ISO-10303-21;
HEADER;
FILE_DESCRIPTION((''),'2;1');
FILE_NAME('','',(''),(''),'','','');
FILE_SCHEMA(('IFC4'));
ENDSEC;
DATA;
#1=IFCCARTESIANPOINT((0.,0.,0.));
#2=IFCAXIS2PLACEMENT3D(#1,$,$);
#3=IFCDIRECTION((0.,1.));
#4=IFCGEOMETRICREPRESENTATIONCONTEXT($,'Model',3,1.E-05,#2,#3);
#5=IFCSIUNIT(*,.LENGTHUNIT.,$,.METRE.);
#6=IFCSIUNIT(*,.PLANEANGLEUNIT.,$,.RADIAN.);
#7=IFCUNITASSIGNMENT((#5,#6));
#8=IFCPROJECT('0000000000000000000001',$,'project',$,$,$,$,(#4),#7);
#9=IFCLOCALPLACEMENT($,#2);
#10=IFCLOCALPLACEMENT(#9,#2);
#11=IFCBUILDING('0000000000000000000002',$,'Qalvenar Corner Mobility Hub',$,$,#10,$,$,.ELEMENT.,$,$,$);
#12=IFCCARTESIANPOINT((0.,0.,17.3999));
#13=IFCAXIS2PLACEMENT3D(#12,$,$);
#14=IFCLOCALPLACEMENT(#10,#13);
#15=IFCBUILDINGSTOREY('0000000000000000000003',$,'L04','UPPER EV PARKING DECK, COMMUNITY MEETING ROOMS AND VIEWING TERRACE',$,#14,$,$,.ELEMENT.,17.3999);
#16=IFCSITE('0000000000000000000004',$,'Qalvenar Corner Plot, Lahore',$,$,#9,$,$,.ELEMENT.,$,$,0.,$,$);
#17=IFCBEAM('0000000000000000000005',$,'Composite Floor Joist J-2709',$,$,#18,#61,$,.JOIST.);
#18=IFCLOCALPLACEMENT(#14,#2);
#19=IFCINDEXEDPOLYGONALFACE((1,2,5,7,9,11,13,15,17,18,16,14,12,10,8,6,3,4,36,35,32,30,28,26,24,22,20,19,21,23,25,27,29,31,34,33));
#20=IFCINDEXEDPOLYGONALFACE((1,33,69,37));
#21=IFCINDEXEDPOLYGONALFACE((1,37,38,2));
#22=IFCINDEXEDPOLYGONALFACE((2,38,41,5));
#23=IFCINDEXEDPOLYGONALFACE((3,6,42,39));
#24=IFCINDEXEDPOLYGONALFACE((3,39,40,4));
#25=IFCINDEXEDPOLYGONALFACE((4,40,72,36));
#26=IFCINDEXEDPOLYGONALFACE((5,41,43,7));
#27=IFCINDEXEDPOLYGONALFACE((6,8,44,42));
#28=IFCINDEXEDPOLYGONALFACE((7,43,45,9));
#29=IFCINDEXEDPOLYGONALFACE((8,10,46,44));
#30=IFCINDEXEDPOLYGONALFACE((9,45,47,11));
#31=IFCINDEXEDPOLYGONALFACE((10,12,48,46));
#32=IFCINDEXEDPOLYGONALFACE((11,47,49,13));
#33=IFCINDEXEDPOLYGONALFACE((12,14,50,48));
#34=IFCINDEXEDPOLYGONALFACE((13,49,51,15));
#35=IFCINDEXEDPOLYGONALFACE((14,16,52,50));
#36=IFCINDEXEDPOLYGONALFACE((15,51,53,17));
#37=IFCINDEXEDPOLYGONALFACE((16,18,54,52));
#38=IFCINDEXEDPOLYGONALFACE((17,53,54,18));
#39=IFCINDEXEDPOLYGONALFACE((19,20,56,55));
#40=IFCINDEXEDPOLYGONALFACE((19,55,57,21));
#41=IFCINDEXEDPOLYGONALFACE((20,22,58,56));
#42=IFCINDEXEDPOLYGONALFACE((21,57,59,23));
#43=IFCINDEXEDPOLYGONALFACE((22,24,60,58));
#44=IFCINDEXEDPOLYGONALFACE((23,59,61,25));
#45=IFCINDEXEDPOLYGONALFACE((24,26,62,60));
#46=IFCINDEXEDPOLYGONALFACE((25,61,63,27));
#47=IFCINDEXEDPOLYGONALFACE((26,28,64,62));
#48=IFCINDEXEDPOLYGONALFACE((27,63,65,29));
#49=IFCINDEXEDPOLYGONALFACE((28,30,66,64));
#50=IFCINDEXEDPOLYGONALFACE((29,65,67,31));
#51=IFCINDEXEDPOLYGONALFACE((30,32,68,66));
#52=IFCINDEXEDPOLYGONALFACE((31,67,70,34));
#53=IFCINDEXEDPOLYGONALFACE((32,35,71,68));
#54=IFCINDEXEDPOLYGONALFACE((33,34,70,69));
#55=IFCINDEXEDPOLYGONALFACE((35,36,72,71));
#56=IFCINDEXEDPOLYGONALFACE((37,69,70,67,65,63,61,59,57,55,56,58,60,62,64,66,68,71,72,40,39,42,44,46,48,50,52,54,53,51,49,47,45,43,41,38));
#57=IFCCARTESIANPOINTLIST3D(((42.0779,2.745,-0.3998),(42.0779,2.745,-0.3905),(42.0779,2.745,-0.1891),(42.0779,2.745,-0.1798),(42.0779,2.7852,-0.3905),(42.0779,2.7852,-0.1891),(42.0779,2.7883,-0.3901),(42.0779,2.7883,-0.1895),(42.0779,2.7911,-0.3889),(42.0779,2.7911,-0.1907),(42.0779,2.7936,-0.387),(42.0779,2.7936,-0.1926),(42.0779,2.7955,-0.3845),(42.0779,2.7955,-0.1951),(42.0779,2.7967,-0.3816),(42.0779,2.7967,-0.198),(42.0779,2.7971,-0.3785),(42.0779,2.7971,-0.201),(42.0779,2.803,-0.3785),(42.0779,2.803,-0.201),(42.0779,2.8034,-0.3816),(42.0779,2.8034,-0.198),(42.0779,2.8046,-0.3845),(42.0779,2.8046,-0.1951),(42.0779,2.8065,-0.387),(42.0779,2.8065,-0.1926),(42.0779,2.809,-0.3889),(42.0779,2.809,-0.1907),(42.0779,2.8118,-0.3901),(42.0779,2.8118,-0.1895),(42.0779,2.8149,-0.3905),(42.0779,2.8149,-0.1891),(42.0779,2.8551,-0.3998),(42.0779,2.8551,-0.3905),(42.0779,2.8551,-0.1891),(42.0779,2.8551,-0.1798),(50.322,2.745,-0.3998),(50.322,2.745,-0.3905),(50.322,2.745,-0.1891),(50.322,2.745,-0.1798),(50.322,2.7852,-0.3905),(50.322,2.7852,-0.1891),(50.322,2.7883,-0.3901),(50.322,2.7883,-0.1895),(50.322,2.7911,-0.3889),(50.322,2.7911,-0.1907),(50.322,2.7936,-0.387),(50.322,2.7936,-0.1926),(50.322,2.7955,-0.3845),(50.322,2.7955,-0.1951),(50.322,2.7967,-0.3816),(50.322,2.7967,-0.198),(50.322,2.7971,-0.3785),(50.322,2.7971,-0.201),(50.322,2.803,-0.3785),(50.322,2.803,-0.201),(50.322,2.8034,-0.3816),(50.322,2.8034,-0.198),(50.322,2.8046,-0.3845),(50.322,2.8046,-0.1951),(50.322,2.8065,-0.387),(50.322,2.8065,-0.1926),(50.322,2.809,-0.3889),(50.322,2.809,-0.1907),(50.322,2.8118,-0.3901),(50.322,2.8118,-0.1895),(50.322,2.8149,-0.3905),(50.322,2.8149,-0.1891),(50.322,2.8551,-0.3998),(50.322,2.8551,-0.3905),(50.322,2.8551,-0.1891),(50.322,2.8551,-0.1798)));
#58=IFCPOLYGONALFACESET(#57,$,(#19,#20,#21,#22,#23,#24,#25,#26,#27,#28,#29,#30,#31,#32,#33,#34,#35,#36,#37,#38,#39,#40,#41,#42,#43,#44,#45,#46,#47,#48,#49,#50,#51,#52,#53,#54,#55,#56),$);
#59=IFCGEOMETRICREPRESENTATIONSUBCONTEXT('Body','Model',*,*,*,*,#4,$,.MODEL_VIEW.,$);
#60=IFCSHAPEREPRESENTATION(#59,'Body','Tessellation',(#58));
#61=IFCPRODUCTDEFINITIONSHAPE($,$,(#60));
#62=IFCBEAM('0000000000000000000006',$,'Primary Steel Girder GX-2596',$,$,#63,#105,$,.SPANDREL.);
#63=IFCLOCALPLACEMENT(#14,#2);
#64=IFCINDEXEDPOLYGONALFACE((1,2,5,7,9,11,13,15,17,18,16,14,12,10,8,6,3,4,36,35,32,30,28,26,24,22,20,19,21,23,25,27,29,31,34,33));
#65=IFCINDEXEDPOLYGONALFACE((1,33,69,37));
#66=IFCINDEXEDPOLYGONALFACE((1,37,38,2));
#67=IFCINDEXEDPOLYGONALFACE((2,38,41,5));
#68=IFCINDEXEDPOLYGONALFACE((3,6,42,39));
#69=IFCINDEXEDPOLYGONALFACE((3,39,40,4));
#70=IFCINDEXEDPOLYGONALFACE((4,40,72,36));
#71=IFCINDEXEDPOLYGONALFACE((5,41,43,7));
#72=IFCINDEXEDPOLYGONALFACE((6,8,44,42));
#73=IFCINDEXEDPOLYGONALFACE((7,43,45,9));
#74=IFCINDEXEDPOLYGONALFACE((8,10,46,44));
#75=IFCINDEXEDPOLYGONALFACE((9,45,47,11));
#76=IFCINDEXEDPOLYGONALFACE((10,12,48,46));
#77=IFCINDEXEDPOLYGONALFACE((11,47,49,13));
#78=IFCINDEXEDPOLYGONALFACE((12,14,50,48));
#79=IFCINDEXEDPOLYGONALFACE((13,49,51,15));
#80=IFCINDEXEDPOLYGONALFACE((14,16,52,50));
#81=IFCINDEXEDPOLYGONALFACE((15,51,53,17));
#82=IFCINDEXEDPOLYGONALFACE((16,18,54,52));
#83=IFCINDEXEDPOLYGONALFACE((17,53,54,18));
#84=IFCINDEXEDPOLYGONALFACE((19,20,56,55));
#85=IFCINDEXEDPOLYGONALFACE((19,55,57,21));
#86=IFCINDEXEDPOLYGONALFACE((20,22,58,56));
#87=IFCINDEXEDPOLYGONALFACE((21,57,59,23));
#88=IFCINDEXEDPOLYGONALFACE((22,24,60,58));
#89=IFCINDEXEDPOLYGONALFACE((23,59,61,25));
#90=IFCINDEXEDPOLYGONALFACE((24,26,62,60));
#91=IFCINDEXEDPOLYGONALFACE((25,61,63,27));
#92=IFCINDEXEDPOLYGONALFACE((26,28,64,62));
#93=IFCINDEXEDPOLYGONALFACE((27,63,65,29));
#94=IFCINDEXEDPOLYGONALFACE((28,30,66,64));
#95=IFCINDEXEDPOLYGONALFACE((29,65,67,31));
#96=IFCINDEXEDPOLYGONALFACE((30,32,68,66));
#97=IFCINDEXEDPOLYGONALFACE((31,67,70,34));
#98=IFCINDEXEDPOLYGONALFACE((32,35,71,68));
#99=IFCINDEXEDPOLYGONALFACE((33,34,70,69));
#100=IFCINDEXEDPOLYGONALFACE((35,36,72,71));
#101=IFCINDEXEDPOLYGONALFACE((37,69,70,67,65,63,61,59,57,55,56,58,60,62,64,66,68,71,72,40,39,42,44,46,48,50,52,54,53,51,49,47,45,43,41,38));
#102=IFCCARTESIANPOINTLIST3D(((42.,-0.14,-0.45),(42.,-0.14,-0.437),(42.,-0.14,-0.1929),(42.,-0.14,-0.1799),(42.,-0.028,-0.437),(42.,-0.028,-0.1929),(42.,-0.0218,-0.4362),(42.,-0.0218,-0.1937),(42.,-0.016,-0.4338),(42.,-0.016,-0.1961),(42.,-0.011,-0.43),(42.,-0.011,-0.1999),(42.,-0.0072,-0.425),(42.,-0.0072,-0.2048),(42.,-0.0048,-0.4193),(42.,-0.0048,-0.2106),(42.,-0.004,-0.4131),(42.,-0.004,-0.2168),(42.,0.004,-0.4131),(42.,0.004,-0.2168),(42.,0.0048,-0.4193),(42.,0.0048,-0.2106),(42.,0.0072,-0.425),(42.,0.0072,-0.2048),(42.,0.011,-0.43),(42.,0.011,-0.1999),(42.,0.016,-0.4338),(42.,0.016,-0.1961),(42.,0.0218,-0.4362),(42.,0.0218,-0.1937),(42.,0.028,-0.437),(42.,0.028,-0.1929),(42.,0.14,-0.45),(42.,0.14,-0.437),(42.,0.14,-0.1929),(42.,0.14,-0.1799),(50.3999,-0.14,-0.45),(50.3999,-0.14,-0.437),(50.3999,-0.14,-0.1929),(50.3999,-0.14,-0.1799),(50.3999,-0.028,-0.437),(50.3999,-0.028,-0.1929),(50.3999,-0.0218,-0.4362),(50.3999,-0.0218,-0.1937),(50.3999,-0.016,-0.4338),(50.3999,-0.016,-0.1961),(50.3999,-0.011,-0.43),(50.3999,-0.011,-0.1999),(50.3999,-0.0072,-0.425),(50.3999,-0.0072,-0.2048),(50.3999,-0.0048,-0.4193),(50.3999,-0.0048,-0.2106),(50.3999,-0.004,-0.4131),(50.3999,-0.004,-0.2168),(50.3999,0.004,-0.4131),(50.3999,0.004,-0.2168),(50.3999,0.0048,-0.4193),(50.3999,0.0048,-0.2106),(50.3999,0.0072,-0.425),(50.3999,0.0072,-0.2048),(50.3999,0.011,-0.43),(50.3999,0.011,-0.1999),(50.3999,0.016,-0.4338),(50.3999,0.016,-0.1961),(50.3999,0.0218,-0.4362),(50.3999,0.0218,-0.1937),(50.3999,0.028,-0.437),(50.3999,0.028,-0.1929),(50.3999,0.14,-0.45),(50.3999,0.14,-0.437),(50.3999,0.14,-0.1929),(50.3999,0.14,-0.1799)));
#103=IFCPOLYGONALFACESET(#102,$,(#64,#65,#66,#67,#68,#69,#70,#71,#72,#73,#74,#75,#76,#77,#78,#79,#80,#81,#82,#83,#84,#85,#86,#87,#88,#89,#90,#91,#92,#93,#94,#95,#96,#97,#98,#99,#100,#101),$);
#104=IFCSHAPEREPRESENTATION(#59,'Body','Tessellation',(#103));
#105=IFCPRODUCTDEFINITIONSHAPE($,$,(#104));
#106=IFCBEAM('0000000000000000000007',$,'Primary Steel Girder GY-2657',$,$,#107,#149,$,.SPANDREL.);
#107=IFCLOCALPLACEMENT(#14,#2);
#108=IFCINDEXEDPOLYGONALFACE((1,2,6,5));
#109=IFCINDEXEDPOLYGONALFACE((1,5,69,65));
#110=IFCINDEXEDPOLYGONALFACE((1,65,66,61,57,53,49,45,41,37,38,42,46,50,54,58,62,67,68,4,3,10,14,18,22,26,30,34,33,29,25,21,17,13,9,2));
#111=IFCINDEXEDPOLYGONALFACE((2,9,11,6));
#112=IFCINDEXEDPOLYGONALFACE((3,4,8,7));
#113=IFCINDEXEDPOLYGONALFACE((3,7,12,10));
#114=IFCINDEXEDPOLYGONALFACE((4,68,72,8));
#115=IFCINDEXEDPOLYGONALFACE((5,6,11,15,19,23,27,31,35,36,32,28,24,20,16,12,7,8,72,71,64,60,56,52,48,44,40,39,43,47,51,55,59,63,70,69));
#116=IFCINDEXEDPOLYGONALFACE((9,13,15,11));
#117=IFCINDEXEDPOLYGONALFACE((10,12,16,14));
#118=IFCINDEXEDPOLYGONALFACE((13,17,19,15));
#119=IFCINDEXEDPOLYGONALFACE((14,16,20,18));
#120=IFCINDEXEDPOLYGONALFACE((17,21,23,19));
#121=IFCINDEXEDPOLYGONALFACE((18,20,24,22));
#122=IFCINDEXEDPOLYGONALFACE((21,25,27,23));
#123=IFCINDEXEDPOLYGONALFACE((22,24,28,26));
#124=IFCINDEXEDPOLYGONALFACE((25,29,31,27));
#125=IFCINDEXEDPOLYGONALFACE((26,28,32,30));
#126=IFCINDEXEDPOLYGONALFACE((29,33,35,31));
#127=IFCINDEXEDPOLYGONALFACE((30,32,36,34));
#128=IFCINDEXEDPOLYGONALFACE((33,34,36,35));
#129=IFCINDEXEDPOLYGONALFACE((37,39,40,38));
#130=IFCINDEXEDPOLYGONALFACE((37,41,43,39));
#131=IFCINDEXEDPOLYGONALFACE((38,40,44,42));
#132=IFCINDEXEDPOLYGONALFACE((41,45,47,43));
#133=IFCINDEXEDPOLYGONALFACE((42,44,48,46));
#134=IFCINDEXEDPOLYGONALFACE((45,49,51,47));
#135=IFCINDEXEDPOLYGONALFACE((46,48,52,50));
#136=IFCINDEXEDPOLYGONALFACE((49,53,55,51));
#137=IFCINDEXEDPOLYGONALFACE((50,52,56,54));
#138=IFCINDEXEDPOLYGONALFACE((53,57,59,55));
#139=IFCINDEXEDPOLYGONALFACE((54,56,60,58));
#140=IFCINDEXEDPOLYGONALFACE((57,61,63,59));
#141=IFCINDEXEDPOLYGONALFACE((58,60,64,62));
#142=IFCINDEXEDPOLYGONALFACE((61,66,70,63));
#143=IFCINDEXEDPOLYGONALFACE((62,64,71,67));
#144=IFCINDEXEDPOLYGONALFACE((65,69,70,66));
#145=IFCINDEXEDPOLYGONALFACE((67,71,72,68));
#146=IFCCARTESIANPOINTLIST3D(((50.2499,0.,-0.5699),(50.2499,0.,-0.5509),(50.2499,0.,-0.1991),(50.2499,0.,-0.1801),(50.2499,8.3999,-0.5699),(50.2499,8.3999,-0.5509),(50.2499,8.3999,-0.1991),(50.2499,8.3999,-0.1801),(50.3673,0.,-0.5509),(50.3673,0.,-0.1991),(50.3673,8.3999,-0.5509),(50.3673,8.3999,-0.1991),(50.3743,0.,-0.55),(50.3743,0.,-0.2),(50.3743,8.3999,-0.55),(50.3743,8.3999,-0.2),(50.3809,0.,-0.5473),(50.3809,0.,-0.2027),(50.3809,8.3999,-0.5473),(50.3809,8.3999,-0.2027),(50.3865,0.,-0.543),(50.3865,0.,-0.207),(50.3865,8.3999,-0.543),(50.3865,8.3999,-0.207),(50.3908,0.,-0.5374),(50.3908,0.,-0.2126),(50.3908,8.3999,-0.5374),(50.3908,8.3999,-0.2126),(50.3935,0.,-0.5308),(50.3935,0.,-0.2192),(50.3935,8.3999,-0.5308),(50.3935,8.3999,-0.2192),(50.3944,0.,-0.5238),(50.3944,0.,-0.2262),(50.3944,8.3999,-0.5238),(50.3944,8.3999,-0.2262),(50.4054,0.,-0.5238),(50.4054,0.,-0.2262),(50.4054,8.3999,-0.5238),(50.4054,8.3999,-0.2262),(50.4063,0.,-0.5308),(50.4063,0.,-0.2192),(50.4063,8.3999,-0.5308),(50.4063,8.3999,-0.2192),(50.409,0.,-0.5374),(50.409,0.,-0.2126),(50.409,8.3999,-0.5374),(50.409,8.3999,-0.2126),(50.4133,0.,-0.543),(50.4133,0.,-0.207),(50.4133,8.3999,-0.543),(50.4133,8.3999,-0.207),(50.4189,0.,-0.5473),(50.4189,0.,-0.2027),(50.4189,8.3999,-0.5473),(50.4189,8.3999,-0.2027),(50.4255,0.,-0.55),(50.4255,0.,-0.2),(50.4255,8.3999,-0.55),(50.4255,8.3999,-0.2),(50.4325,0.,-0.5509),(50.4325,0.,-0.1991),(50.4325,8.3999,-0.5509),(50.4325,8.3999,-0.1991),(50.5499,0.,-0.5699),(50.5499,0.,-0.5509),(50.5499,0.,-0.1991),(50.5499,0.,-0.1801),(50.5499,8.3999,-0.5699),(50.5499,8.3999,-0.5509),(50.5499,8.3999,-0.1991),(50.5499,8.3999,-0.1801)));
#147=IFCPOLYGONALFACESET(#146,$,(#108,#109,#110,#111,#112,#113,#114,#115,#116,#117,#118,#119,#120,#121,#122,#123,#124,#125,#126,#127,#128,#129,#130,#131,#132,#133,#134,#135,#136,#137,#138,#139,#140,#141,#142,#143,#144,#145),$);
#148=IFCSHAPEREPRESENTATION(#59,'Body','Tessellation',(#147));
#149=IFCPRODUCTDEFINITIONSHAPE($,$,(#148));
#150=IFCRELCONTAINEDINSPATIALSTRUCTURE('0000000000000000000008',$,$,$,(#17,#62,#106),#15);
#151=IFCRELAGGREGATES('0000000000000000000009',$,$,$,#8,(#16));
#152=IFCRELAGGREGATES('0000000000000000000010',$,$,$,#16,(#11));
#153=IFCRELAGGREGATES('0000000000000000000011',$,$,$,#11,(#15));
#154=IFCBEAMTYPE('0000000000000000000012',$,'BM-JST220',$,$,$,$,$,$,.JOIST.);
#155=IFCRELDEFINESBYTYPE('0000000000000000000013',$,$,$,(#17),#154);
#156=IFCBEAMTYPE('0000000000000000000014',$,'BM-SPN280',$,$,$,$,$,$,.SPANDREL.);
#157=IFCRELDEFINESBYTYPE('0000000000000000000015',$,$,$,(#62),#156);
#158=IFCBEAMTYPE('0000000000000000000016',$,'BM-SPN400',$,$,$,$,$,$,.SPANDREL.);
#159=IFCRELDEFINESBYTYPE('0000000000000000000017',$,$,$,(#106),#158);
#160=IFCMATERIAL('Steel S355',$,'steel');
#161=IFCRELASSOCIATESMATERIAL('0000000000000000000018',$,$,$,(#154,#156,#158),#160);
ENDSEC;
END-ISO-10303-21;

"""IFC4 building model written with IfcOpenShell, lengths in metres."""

from ifc_helpers import new_model, si_unit, direction, frame, origin, origin_2d, place, context, subcontext, project, spatial, i_section, extrude, material, material_profile, profile_set, type_object, element, save


model = new_model("IFC4")

# Units and contexts
model_context = context("Model", 3, precision=1e-05, world=origin(), true_north=direction((0.0, 1.0)))
body_context = subcontext(model_context, "Body", "Model", "MODEL_VIEW")
ifc_project = project(units=[si_unit("LENGTHUNIT", "METRE"), si_unit("PLANEANGLEUNIT", "RADIAN")], contexts=[model_context])

# Site, building, storey
site_placement = place(None, origin())
site = spatial("IfcSite", under=ifc_project, at=site_placement, Name="Qalvenar Corner Plot, Lahore", CompositionType="ELEMENT", RefElevation=0.0)
building_placement = place(site_placement, origin())
building = spatial("IfcBuilding", under=site, at=building_placement, Name="Qalvenar Corner Mobility Hub", CompositionType="ELEMENT")
storey_placement = place(building_placement, frame((0.0, 0.0, 17.3999)))
storey = spatial("IfcBuildingStorey", under=building, at=storey_placement, Name="L04", Description="UPPER EV PARKING DECK, COMMUNITY MEETING ROOMS AND VIEWING TERRACE", CompositionType="ELEMENT", Elevation=17.3999)

# Shared definitions
ifc_material_1 = material(Name="Steel S355", Category="steel")

# Beams
ifc_material_profile_1 = material_profile(ifc_material_1, i_section(OverallWidth=0.1101, OverallDepth=0.22, WebThickness=0.0059, FlangeThickness=0.0093, FilletRadius=0.012, at=origin_2d()), Name="IPE220")
ifc_profile_set_1 = profile_set([ifc_material_profile_1], Name="Steel S355")
beam_type_1 = type_object("IfcBeamType", Name="BM-JST220", PredefinedType="JOIST", material=ifc_profile_set_1)
beam_1_placement = place(storey_placement, frame((42.0779, 2.8, -0.2898), z_axis=(1.0, 0.0, 0.0), x_axis=(0.0, 1.0, 0.0)))
element("IfcBeam", 1, at=beam_1_placement, inside=storey, type_object=beam_type_1, Name="Composite Floor Joist J-2709", PredefinedType="JOIST", context=body_context, shape_type="SweptSolid", body=[
    extrude(i_section(OverallWidth=0.1101, OverallDepth=0.22, WebThickness=0.0059, FlangeThickness=0.0093, FilletRadius=0.012, at=origin_2d()), origin(), (0.0, 0.0, 1.0), 8.2441),
])
ifc_material_profile_2 = material_profile(ifc_material_1, i_section(OverallWidth=0.28, OverallDepth=0.27, WebThickness=0.0081, FlangeThickness=0.0129, FilletRadius=0.0239, at=origin_2d()), Name="HEA280")
ifc_profile_set_2 = profile_set([ifc_material_profile_2], Name="Steel S355")
beam_type_2 = type_object("IfcBeamType", Name="BM-SPN280", PredefinedType="SPANDREL", material=ifc_profile_set_2)
beam_2_placement = place(storey_placement, frame((42.0, 0.0, -0.3149), z_axis=(1.0, 0.0, 0.0), x_axis=(0.0, 1.0, 0.0)))
element("IfcBeam", 2, at=beam_2_placement, inside=storey, type_object=beam_type_2, Name="Primary Steel Girder GX-2596", PredefinedType="SPANDREL", context=body_context, shape_type="SweptSolid", body=[
    extrude(i_section(OverallWidth=0.28, OverallDepth=0.27, WebThickness=0.0081, FlangeThickness=0.0129, FilletRadius=0.0239, at=origin_2d()), origin(), (0.0, 0.0, 1.0), 8.3999),
])
ifc_material_profile_3 = material_profile(ifc_material_1, i_section(OverallWidth=0.3, OverallDepth=0.3899, WebThickness=0.011, FlangeThickness=0.019, FilletRadius=0.0271, at=origin_2d()), Name="HEA400")
ifc_profile_set_3 = profile_set([ifc_material_profile_3], Name="Steel S355")
beam_type_3 = type_object("IfcBeamType", Name="BM-SPN400", PredefinedType="SPANDREL", material=ifc_profile_set_3)
beam_3_placement = place(storey_placement, frame((50.3999, 0.0, -0.375), z_axis=(0.0, 1.0, 0.0), x_axis=(-1.0, 0.0, 0.0)))
element("IfcBeam", 3, at=beam_3_placement, inside=storey, type_object=beam_type_3, Name="Primary Steel Girder GY-2657", PredefinedType="SPANDREL", context=body_context, shape_type="SweptSolid", body=[
    extrude(i_section(OverallWidth=0.3, OverallDepth=0.3899, WebThickness=0.011, FlangeThickness=0.019, FilletRadius=0.0271, at=origin_2d()), origin(), (0.0, 0.0, 1.0), 8.3999),
])

save(model, "model.ifc")
